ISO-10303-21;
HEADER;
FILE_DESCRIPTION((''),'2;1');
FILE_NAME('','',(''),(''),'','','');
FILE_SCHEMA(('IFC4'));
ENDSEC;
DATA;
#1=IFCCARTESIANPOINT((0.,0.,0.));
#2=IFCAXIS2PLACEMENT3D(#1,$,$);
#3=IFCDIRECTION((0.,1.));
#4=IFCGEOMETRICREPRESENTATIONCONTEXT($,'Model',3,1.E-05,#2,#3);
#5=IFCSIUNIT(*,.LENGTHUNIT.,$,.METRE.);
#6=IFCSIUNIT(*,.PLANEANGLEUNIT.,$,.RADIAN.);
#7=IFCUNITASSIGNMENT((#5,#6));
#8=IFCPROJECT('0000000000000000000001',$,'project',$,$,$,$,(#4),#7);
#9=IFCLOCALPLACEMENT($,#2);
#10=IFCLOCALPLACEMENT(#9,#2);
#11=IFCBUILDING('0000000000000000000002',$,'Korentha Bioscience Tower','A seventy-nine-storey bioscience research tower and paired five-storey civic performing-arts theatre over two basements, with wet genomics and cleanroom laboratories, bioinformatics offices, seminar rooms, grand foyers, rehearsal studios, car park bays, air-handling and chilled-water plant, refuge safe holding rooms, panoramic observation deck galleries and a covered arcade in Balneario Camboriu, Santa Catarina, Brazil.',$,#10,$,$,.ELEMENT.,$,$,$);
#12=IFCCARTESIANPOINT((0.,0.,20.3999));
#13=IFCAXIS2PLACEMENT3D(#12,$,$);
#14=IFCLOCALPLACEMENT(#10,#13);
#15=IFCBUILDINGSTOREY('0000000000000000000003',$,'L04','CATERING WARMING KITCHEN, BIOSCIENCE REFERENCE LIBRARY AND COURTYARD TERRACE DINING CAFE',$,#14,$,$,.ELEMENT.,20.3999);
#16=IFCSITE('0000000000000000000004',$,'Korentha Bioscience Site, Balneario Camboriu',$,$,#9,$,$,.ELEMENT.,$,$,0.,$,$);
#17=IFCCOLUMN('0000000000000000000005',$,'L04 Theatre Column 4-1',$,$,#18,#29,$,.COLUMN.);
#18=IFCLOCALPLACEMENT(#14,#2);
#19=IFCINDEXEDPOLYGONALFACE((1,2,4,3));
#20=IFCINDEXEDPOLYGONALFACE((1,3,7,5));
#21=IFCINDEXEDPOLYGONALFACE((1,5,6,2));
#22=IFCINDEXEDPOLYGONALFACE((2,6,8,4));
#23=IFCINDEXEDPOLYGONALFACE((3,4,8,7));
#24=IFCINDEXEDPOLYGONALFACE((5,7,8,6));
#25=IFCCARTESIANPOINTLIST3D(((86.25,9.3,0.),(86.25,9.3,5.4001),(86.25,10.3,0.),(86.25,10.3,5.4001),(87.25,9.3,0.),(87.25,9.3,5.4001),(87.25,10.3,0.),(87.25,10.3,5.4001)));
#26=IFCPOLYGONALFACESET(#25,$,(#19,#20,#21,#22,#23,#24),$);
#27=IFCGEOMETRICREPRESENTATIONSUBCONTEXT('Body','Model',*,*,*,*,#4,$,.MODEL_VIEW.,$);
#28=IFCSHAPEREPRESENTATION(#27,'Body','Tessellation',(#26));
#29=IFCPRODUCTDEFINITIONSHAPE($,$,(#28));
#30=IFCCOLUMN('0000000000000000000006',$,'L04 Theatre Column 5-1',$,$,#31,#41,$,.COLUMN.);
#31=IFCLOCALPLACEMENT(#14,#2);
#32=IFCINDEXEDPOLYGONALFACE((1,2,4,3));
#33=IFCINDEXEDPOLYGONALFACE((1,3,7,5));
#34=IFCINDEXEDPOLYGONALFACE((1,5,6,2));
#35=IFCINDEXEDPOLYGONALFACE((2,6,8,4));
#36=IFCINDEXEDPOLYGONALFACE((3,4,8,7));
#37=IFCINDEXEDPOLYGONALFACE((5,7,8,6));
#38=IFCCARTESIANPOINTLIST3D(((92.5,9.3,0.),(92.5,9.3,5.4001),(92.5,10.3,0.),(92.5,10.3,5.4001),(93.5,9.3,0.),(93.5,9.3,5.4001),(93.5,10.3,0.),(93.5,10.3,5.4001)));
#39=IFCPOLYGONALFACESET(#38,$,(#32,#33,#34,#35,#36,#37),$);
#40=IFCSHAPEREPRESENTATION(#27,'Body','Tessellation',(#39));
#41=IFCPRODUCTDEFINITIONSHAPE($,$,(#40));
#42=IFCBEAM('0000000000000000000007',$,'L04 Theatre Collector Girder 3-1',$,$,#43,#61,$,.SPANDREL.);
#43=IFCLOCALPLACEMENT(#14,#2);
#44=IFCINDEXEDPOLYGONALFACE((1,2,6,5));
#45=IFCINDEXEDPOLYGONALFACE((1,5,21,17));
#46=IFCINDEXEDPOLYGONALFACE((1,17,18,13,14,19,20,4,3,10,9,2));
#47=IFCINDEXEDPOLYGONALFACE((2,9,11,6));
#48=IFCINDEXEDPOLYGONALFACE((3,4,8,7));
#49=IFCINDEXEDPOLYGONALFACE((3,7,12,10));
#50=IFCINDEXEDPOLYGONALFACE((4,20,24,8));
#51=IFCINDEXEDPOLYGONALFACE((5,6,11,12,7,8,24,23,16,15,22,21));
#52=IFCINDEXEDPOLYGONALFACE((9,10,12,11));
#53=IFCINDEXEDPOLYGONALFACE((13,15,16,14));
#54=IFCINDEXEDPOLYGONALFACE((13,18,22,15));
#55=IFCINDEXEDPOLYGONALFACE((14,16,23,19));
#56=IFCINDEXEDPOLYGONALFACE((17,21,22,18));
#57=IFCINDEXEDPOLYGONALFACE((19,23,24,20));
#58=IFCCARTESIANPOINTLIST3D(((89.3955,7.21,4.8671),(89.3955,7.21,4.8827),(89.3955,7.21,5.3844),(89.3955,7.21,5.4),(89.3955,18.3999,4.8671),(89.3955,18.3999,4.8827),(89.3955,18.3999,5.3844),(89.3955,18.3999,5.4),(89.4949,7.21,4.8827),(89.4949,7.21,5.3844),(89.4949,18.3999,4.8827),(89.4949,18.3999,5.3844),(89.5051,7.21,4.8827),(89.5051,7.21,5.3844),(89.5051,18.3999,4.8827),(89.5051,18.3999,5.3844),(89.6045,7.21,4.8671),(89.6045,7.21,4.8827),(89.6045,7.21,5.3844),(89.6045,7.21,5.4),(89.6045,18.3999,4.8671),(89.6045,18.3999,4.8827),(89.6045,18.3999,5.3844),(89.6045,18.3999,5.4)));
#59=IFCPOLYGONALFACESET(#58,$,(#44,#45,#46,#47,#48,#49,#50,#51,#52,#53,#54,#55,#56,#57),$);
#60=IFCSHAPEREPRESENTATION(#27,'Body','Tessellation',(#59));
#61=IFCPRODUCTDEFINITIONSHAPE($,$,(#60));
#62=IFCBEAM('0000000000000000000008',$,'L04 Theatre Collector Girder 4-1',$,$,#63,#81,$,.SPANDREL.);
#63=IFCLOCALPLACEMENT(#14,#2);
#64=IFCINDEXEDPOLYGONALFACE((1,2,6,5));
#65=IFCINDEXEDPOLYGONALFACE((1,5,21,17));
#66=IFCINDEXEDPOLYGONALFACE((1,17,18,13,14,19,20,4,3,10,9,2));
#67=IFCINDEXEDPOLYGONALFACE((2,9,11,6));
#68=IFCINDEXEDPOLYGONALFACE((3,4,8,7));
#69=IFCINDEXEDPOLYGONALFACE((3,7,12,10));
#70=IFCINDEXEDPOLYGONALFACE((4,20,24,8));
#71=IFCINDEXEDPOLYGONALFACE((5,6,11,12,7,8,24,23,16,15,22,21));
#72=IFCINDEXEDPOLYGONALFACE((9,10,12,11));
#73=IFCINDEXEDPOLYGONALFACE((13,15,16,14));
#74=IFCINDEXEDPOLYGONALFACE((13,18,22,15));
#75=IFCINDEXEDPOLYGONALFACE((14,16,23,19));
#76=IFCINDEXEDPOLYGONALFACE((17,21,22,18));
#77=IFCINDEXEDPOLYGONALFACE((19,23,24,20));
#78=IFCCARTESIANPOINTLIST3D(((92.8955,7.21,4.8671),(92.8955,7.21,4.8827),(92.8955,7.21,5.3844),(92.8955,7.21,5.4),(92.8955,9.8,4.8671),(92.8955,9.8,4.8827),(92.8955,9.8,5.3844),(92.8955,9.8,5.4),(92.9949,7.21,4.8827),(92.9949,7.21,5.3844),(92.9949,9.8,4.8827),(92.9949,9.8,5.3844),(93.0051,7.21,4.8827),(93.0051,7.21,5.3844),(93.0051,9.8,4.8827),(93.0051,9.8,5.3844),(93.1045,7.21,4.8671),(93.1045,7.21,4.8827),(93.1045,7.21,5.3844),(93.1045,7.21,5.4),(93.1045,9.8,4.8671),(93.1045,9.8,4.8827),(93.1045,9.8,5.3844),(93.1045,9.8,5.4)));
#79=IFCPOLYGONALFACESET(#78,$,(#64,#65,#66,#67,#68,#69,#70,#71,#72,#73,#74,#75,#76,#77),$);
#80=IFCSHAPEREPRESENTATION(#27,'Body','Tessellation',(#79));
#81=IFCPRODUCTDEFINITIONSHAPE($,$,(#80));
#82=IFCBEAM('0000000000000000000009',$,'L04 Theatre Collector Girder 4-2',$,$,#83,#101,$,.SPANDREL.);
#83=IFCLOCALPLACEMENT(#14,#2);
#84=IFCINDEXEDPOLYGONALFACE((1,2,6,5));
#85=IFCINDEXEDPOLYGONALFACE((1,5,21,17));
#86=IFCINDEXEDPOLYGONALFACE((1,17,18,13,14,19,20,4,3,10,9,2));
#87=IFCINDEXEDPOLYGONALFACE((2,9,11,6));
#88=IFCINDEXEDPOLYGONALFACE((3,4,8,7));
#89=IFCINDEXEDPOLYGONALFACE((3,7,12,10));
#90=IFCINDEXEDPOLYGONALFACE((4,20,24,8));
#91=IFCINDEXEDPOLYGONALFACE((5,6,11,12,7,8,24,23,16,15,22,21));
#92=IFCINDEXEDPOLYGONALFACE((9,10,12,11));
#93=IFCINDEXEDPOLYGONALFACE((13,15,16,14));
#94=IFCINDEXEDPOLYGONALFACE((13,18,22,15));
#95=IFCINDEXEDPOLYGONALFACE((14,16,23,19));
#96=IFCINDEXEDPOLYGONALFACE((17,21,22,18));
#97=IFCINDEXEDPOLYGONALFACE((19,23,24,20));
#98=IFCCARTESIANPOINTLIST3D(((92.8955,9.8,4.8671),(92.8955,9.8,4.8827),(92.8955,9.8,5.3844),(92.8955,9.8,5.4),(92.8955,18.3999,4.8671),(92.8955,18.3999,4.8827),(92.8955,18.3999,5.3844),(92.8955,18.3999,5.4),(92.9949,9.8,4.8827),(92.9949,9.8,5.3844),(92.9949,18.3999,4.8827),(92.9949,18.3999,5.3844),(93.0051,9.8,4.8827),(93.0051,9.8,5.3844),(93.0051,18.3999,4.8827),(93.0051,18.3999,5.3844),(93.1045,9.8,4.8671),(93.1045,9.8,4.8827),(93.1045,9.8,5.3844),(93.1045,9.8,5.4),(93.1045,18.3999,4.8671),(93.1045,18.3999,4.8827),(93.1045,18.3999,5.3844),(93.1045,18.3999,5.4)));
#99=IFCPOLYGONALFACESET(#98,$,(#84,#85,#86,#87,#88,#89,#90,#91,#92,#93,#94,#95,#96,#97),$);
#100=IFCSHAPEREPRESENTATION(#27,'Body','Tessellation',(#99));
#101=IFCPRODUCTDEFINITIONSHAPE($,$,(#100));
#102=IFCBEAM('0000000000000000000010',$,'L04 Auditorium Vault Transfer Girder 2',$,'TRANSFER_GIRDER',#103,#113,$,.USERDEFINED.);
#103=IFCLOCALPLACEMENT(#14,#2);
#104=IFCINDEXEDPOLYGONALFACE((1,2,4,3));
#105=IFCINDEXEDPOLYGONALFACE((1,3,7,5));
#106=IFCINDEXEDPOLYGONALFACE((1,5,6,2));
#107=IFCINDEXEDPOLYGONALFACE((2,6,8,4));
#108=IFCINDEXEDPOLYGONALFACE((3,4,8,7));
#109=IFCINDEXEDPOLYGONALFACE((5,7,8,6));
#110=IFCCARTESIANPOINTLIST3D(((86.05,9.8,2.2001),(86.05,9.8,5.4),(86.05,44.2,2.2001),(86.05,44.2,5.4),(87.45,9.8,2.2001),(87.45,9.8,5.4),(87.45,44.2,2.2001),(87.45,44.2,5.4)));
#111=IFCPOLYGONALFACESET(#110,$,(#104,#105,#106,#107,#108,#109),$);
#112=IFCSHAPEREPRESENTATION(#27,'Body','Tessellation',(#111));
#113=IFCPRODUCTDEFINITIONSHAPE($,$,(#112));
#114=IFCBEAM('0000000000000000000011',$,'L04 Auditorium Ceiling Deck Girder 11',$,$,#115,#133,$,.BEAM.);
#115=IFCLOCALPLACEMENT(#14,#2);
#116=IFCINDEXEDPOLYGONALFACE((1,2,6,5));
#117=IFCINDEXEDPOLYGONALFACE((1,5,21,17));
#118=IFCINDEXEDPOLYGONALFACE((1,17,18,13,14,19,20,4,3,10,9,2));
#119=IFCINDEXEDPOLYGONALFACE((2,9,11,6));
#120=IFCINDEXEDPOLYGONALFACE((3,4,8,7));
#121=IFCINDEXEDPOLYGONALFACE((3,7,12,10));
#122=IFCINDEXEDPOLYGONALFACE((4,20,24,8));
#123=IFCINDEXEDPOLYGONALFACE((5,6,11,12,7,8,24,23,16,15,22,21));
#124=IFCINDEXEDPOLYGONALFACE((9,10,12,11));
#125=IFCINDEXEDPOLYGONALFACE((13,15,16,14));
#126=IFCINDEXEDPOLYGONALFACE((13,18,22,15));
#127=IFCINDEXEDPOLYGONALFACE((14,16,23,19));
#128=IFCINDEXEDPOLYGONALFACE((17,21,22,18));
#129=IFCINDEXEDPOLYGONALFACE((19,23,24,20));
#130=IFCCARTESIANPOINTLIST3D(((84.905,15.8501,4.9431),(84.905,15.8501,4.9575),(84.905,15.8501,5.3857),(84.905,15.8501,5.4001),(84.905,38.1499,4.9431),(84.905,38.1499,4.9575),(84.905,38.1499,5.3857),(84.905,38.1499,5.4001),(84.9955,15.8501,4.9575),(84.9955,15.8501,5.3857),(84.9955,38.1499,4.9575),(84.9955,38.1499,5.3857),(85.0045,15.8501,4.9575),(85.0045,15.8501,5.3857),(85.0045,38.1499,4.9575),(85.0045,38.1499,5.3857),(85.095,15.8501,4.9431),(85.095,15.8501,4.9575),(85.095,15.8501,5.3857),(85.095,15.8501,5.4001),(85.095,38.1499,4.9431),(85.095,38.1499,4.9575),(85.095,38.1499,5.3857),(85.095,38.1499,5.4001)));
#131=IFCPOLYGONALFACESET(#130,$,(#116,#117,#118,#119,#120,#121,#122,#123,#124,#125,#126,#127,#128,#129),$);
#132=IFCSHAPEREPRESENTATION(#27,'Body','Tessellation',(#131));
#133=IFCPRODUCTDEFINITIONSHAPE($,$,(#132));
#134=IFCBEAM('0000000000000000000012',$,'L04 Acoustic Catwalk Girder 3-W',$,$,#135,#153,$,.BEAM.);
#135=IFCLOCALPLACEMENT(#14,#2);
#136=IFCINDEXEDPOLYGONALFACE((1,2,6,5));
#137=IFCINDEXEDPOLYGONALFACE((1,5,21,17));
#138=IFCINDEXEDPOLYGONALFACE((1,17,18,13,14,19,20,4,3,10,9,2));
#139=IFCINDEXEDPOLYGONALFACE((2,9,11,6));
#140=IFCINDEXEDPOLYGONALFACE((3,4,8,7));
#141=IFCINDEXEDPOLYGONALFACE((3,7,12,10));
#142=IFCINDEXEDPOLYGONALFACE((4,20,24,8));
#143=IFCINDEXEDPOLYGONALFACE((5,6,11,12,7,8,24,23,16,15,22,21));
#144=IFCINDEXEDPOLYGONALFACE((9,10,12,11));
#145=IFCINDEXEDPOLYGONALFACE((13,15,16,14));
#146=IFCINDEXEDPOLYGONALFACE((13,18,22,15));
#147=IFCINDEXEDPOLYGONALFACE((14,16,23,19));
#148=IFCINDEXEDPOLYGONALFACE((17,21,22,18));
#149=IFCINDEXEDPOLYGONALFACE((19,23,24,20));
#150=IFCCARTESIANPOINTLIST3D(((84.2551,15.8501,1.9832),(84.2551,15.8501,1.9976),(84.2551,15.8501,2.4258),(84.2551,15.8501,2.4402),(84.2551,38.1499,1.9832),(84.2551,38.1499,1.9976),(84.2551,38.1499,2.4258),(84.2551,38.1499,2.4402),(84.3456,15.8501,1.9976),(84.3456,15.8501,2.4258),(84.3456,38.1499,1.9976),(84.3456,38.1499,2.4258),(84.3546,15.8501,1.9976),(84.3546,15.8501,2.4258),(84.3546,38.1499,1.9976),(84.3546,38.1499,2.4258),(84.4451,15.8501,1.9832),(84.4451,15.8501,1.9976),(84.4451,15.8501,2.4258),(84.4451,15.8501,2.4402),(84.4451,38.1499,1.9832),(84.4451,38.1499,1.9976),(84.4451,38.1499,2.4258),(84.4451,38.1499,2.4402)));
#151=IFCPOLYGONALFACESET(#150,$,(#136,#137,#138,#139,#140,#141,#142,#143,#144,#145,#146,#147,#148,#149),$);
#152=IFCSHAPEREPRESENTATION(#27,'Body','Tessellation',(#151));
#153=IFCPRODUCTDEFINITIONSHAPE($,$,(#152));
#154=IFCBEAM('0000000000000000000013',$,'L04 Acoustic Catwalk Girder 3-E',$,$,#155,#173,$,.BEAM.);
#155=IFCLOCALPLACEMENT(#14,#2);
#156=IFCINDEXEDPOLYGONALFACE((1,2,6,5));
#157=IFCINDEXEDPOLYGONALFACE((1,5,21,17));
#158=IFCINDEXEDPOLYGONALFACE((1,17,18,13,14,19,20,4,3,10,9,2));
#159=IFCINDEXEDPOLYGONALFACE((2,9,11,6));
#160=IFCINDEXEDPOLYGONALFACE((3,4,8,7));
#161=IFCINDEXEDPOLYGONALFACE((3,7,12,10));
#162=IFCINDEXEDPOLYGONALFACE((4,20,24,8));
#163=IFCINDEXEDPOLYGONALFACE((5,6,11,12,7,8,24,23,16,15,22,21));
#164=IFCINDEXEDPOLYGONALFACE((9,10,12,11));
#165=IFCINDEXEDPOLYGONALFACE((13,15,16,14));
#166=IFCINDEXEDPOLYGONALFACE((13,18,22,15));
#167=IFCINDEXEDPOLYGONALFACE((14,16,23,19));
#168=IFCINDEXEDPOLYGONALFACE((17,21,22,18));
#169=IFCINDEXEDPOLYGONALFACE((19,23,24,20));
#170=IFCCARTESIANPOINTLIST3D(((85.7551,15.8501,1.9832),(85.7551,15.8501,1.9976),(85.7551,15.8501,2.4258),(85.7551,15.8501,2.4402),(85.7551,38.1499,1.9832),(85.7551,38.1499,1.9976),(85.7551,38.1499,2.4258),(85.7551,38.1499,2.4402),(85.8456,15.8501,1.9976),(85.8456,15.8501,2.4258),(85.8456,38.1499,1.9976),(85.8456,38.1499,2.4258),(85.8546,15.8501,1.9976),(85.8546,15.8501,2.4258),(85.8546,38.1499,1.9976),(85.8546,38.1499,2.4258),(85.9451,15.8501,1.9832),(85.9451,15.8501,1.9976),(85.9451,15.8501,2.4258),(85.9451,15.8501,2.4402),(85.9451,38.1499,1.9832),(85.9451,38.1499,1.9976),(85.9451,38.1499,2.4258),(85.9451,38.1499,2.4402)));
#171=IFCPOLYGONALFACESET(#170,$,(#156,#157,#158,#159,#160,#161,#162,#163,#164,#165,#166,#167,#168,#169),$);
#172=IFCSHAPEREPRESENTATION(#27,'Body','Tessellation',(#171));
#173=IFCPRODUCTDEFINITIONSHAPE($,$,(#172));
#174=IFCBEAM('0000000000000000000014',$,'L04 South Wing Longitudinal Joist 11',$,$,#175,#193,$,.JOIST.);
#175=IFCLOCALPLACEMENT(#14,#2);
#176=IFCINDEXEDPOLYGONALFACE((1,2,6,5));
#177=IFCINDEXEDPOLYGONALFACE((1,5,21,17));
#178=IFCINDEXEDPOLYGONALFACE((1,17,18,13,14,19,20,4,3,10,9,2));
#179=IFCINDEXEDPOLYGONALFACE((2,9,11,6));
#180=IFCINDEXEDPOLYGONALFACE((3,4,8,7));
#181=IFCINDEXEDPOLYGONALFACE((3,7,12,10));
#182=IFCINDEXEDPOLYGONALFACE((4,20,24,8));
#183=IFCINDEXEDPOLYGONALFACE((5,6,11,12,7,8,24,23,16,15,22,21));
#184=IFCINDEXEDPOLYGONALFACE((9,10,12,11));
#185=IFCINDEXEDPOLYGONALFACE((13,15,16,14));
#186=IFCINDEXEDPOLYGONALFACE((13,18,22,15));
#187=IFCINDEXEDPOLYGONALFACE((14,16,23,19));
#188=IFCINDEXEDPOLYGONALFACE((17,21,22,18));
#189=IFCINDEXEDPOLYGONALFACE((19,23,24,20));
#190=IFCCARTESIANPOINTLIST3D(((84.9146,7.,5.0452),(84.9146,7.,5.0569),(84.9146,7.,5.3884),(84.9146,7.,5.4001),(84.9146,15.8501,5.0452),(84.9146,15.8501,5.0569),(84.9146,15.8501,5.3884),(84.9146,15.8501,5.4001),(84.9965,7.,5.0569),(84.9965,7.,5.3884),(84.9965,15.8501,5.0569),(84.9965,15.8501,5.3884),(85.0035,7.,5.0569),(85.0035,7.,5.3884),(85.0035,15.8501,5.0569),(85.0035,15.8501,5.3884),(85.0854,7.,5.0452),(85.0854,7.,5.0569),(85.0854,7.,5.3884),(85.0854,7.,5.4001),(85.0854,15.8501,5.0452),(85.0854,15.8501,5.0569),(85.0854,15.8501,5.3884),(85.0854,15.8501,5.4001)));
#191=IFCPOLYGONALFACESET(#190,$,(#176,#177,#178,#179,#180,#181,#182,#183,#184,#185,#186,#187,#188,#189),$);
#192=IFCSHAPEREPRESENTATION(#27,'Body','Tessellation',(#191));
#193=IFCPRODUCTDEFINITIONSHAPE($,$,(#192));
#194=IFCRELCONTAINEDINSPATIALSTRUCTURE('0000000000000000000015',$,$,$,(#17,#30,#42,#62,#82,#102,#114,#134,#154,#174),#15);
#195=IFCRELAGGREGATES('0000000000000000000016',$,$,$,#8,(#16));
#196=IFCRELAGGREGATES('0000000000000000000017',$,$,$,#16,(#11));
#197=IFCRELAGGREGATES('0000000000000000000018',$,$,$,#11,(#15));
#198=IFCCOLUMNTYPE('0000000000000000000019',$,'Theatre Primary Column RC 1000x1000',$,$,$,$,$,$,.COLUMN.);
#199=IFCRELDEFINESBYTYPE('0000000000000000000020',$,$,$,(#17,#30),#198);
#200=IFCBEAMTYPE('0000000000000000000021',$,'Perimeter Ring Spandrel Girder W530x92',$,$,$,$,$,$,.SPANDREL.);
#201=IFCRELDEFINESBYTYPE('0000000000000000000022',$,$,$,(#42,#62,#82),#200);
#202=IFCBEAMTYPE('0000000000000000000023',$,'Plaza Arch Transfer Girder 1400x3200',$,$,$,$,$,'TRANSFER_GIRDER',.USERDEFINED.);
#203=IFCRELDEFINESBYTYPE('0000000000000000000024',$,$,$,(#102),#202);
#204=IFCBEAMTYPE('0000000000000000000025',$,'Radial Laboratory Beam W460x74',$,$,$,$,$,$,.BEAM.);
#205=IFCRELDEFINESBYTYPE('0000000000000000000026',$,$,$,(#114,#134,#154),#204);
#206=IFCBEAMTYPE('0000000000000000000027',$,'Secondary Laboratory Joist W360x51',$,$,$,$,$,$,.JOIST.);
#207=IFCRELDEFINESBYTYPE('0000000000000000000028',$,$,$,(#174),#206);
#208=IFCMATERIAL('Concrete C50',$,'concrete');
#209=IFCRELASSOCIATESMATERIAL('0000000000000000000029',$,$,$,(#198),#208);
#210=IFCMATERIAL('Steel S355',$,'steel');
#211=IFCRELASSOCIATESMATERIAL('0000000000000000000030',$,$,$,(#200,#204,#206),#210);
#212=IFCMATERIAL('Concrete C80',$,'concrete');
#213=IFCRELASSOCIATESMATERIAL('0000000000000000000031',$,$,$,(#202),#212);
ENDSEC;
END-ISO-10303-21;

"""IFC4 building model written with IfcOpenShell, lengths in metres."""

from ifc_helpers import new_model, si_unit, direction, frame, origin, origin_2d, place, context, subcontext, project, spatial, rectangle, i_section, extrude, material, material_profile, profile_set, type_object, element, save


model = new_model("IFC4")

# Units and contexts
model_context = context("Model", 3, precision=1e-05, world=origin(), true_north=direction((0.0, 1.0)))
body_context = subcontext(model_context, "Body", "Model", "MODEL_VIEW")
ifc_project = project(units=[si_unit("LENGTHUNIT", "METRE"), si_unit("PLANEANGLEUNIT", "RADIAN")], contexts=[model_context])

# Site, building, storey
site_placement = place(None, origin())
site = spatial("IfcSite", under=ifc_project, at=site_placement, Name="Korentha Bioscience Site, Balneario Camboriu", CompositionType="ELEMENT", RefElevation=0.0)
building_placement = place(site_placement, origin())
building = spatial("IfcBuilding", under=site, at=building_placement, Name="Korentha Bioscience Tower", Description="A seventy-nine-storey bioscience research tower and paired five-storey civic performing-arts theatre over two basements, with wet genomics and cleanroom laboratories, bioinformatics offices, seminar rooms, grand foyers, rehearsal studios, car park bays, air-handling and chilled-water plant, refuge safe holding rooms, panoramic observation deck galleries and a covered arcade in Balneario Camboriu, Santa Catarina, Brazil.", CompositionType="ELEMENT")
storey_placement = place(building_placement, frame((0.0, 0.0, 20.3999)))
storey = spatial("IfcBuildingStorey", under=building, at=storey_placement, Name="L04", Description="CATERING WARMING KITCHEN, BIOSCIENCE REFERENCE LIBRARY AND COURTYARD TERRACE DINING CAFE", CompositionType="ELEMENT", Elevation=20.3999)

# Columns
ifc_material_1 = material(Name="Concrete C50", Category="concrete")
ifc_material_profile_1 = material_profile(ifc_material_1, rectangle(XDim=1.0, YDim=1.0, at=origin_2d()), Name="Concrete C50")
ifc_profile_set_1 = profile_set([ifc_material_profile_1], Name="Concrete C50 (TC-01)")
column_type = type_object("IfcColumnType", Name="Theatre Primary Column RC 1000x1000", PredefinedType="COLUMN", material=ifc_profile_set_1)
for number, where, z_axis, x_axis, name in (
    (1, (86.75, 9.8, 0.0), (0.0, 0.0, 1.0), (1.0, 0.0, 0.0), "L04 Theatre Column 4-1"),
    (2, (93.0, 9.8, 0.0), (0.0, 0.0, 1.0), (1.0, 0.0, 0.0), "L04 Theatre Column 5-1"),
):
    element("IfcColumn", number, at=place(storey_placement, frame(where, z_axis=z_axis, x_axis=x_axis)), inside=storey, type_object=column_type, Name=name, PredefinedType="COLUMN", context=body_context, shape_type="SweptSolid", body=[
        extrude(rectangle(XDim=1.0, YDim=1.0, at=origin_2d()), origin(), (0.0, 0.0, 1.0), 5.4001),
    ])

# Beams
ifc_material_2 = material(Name="Steel S355", Category="steel")
ifc_material_profile_2 = material_profile(ifc_material_2, i_section(OverallWidth=0.209, OverallDepth=0.533, WebThickness=0.0103, FlangeThickness=0.0156, at=origin_2d()), Name="Steel S355")
ifc_profile_set_2 = profile_set([ifc_material_profile_2], Name="Steel S355 (SB-530)")
beam_type_1 = type_object("IfcBeamType", Name="Perimeter Ring Spandrel Girder W530x92", PredefinedType="SPANDREL", material=ifc_profile_set_2)
beam_1_placement = place(storey_placement, frame((89.5, 7.21, 5.1335), z_axis=(0.0, 1.0, 0.0), x_axis=(-1.0, 0.0, 0.0)))
element("IfcBeam", 3, at=beam_1_placement, inside=storey, type_object=beam_type_1, Name="L04 Theatre Collector Girder 3-1", PredefinedType="SPANDREL", context=body_context, shape_type="SweptSolid", body=[
    extrude(i_section(OverallWidth=0.209, OverallDepth=0.533, WebThickness=0.0103, FlangeThickness=0.0156, at=origin_2d()), origin(), (0.0, 0.0, 1.0), 11.1899),
])
beam_2_placement = place(storey_placement, frame((93.0, 7.21, 5.1335), z_axis=(0.0, 1.0, 0.0), x_axis=(-1.0, 0.0, 0.0)))
element("IfcBeam", 4, at=beam_2_placement, inside=storey, type_object=beam_type_1, Name="L04 Theatre Collector Girder 4-1", PredefinedType="SPANDREL", context=body_context, shape_type="SweptSolid", body=[
    extrude(i_section(OverallWidth=0.209, OverallDepth=0.533, WebThickness=0.0103, FlangeThickness=0.0156, at=origin_2d()), origin(), (0.0, 0.0, 1.0), 2.5901),
])
beam_3_placement = place(storey_placement, frame((93.0, 9.8, 5.1335), z_axis=(0.0, 1.0, 0.0), x_axis=(-1.0, 0.0, 0.0)))
element("IfcBeam", 5, at=beam_3_placement, inside=storey, type_object=beam_type_1, Name="L04 Theatre Collector Girder 4-2", PredefinedType="SPANDREL", context=body_context, shape_type="SweptSolid", body=[
    extrude(i_section(OverallWidth=0.209, OverallDepth=0.533, WebThickness=0.0103, FlangeThickness=0.0156, at=origin_2d()), origin(), (0.0, 0.0, 1.0), 8.5999),
])
ifc_material_3 = material(Name="Concrete C80", Category="concrete")
ifc_material_profile_3 = material_profile(ifc_material_3, rectangle(XDim=1.3999, YDim=3.2, at=origin_2d()), Name="Concrete C80")
ifc_profile_set_3 = profile_set([ifc_material_profile_3], Name="Concrete C80 (TG-01)")
beam_type_2 = type_object("IfcBeamType", Name="Plaza Arch Transfer Girder 1400x3200", ElementType="TRANSFER_GIRDER", PredefinedType="USERDEFINED", material=ifc_profile_set_3)
beam_4_placement = place(storey_placement, frame((86.75, 9.8, 3.8), z_axis=(0.0, 1.0, 0.0), x_axis=(-1.0, 0.0, 0.0)))
element("IfcBeam", 6, at=beam_4_placement, inside=storey, type_object=beam_type_2, Name="L04 Auditorium Vault Transfer Girder 2", ObjectType="TRANSFER_GIRDER", PredefinedType="USERDEFINED", context=body_context, shape_type="SweptSolid", body=[
    extrude(rectangle(XDim=1.3999, YDim=3.2, at=origin_2d()), origin(), (0.0, 0.0, 1.0), 34.3999),
])
ifc_material_profile_4 = material_profile(ifc_material_2, i_section(OverallWidth=0.1899, OverallDepth=0.457, WebThickness=0.009, FlangeThickness=0.0144, at=origin_2d()), Name="Steel S355")
ifc_profile_set_4 = profile_set([ifc_material_profile_4], Name="Steel S355 (RB-460)")
beam_type_3 = type_object("IfcBeamType", Name="Radial Laboratory Beam W460x74", PredefinedType="BEAM", material=ifc_profile_set_4)
for number, where, z_axis, x_axis, name in (
    (7, (85.0, 15.8501, 5.1716), (0.0, 1.0, 0.0), (-1.0, 0.0, 0.0), "L04 Auditorium Ceiling Deck Girder 11"),
    (8, (84.3501, 15.8501, 2.2117), (0.0, 1.0, 0.0), (-1.0, 0.0, 0.0), "L04 Acoustic Catwalk Girder 3-W"),
    (9, (85.8501, 15.8501, 2.2117), (0.0, 1.0, 0.0), (-1.0, 0.0, 0.0), "L04 Acoustic Catwalk Girder 3-E"),
):
    element("IfcBeam", number, at=place(storey_placement, frame(where, z_axis=z_axis, x_axis=x_axis)), inside=storey, type_object=beam_type_3, Name=name, PredefinedType="BEAM", context=body_context, shape_type="SweptSolid", body=[
        extrude(i_section(OverallWidth=0.1899, OverallDepth=0.457, WebThickness=0.009, FlangeThickness=0.0144, at=origin_2d()), origin(), (0.0, 0.0, 1.0), 22.2998),
    ])
ifc_material_profile_5 = material_profile(ifc_material_2, i_section(OverallWidth=0.1709, OverallDepth=0.355, WebThickness=0.0071, FlangeThickness=0.0117, at=origin_2d()), Name="Steel S355")
ifc_profile_set_5 = profile_set([ifc_material_profile_5], Name="Steel S355 (JB-360)")
beam_type_4 = type_object("IfcBeamType", Name="Secondary Laboratory Joist W360x51", PredefinedType="JOIST", material=ifc_profile_set_5)
beam_5_placement = place(storey_placement, frame((85.0, 7.0, 5.2227), z_axis=(0.0, 1.0, 0.0), x_axis=(-1.0, 0.0, 0.0)))
element("IfcBeam", 10, at=beam_5_placement, inside=storey, type_object=beam_type_4, Name="L04 South Wing Longitudinal Joist 11", PredefinedType="JOIST", context=body_context, shape_type="SweptSolid", body=[
    extrude(i_section(OverallWidth=0.1709, OverallDepth=0.355, WebThickness=0.0071, FlangeThickness=0.0117, at=origin_2d()), origin(), (0.0, 0.0, 1.0), 8.8501),
])

save(model, "model.ifc")
